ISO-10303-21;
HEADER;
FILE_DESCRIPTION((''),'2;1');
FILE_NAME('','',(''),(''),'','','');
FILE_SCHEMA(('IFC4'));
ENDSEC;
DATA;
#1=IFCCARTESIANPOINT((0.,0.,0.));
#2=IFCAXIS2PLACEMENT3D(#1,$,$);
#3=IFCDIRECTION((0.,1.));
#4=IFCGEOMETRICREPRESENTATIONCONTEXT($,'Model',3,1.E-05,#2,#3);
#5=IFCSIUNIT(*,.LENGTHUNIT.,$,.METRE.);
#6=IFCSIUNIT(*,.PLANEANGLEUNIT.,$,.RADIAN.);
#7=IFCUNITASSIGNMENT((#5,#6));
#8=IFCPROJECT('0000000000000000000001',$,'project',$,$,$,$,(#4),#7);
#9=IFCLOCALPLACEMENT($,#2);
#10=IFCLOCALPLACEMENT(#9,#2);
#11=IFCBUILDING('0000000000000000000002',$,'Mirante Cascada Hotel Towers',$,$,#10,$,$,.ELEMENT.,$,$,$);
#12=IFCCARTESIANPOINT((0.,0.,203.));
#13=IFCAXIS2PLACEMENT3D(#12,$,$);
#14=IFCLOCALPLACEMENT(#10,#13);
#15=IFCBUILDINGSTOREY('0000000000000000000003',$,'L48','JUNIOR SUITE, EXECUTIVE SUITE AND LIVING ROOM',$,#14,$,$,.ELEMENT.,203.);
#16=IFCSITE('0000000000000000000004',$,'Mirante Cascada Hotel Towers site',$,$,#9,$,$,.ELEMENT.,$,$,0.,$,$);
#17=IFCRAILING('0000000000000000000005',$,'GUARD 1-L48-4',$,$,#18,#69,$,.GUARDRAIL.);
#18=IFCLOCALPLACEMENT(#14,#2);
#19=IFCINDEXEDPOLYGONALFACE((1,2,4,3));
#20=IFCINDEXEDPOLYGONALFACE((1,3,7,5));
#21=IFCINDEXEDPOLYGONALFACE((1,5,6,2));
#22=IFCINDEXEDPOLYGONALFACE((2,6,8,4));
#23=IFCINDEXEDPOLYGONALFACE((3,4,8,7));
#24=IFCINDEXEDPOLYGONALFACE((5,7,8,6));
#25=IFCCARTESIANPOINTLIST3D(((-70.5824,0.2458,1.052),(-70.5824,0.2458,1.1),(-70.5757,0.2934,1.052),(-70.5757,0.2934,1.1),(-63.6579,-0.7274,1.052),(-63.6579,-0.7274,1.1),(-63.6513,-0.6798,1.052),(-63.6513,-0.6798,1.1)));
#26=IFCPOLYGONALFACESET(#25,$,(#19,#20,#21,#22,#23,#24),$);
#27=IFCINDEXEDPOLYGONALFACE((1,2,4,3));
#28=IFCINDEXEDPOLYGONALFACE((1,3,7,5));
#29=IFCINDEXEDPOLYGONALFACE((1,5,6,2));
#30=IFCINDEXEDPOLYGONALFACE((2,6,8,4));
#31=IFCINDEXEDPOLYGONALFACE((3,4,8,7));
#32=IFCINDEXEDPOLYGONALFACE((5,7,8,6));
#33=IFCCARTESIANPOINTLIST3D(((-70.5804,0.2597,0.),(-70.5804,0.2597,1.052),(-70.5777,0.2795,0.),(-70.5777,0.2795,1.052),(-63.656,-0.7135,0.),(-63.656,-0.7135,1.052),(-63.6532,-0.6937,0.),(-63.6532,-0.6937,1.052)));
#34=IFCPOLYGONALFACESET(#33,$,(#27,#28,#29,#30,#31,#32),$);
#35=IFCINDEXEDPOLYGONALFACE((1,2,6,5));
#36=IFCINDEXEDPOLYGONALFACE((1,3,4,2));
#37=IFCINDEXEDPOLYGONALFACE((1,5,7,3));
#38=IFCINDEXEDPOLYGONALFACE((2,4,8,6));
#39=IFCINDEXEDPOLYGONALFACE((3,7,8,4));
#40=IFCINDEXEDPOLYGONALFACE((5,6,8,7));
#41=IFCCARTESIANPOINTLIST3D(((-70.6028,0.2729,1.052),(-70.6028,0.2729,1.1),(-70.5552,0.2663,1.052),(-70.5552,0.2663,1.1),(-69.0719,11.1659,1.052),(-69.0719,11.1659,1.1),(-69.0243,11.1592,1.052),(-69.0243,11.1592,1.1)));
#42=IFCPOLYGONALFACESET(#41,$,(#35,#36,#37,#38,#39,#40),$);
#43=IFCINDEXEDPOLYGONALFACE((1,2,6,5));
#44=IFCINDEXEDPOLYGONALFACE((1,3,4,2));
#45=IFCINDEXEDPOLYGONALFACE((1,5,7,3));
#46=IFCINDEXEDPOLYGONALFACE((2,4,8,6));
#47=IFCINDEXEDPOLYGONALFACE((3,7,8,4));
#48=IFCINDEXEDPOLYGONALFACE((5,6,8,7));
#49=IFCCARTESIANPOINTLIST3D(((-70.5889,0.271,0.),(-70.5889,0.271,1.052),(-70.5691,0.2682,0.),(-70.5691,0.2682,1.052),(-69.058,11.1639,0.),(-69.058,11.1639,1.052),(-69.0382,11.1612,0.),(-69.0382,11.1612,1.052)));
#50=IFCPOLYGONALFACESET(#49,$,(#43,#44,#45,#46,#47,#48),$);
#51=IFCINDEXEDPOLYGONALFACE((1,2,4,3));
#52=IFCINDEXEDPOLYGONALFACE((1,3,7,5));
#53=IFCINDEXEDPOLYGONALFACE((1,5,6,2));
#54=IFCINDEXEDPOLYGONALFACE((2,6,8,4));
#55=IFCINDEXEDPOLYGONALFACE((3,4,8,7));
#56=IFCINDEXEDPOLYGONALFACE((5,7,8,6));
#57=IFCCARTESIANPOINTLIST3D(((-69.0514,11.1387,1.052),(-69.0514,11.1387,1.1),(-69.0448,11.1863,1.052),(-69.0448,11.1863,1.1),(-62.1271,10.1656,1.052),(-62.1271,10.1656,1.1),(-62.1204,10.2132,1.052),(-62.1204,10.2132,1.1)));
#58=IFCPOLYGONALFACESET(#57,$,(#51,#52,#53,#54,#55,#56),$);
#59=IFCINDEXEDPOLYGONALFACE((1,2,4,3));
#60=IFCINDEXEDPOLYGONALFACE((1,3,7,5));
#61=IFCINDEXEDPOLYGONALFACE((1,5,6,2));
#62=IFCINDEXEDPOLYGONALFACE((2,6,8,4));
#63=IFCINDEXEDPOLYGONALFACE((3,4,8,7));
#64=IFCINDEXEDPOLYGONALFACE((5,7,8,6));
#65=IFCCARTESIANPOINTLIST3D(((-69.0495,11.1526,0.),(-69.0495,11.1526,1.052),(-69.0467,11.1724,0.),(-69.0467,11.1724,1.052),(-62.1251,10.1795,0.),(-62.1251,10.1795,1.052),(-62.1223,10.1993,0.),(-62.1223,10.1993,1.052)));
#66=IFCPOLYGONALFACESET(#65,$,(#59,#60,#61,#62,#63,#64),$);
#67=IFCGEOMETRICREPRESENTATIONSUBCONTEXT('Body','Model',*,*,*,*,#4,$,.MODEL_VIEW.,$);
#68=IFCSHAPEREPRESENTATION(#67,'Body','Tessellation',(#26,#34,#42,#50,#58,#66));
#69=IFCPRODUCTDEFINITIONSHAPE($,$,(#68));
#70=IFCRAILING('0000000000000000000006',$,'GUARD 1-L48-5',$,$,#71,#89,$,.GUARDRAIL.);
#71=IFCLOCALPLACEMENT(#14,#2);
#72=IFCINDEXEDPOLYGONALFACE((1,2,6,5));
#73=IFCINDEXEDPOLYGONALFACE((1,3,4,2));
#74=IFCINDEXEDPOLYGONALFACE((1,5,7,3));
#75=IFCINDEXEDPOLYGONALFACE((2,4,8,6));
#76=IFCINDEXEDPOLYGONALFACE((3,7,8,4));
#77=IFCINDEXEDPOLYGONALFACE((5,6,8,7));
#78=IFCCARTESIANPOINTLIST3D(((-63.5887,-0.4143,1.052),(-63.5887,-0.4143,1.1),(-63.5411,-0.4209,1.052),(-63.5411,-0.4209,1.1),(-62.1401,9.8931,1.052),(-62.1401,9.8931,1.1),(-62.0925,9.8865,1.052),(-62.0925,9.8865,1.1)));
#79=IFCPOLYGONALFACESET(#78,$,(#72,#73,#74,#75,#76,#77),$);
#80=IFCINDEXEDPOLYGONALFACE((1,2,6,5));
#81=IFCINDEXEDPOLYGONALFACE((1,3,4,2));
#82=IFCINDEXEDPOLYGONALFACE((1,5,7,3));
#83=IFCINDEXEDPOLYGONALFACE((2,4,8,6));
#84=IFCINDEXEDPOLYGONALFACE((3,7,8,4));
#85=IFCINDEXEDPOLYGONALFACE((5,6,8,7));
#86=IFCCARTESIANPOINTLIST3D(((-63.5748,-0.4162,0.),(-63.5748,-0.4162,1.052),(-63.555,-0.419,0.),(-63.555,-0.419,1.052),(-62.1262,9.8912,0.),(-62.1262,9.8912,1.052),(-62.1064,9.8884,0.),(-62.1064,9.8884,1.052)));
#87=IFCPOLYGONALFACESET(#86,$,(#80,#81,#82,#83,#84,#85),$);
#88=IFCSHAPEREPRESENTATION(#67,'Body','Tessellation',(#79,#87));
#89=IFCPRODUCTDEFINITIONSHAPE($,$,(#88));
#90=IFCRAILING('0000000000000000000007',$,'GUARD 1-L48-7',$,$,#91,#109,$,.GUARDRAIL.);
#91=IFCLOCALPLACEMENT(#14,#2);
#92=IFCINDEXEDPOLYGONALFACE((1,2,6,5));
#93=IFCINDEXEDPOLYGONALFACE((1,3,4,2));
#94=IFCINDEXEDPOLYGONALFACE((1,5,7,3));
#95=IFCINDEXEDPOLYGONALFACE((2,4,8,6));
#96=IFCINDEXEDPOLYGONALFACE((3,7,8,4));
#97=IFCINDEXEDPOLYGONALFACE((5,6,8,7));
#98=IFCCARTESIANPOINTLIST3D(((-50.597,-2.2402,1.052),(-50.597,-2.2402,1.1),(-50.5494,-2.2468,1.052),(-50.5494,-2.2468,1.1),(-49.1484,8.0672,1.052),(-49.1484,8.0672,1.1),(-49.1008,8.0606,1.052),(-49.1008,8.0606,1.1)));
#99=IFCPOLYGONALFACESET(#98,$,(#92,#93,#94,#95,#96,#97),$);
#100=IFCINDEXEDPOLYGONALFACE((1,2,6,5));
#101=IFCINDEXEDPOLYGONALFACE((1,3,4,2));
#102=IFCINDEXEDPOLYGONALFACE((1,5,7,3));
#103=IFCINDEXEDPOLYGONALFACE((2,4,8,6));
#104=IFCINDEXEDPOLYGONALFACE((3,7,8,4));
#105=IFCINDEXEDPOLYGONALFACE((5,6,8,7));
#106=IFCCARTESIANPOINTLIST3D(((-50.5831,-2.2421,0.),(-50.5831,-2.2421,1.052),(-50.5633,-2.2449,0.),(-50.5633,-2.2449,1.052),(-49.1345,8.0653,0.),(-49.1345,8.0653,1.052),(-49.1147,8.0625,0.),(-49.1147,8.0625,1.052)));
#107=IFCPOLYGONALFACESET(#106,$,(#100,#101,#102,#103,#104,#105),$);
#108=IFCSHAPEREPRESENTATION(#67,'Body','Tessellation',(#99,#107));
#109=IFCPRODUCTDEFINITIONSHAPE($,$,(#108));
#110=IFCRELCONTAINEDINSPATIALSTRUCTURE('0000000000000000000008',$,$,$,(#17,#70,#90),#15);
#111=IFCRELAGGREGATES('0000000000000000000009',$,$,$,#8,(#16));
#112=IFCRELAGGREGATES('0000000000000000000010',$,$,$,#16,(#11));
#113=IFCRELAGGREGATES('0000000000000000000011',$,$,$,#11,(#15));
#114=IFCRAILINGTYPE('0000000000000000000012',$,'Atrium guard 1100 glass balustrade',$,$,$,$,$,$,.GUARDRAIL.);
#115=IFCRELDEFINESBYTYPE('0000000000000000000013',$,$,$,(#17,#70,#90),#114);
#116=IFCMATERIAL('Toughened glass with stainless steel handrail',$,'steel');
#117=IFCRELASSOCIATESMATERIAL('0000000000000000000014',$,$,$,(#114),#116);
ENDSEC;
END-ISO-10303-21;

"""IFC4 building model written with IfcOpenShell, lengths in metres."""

from ifc_helpers import new_model, si_unit, direction, frame, origin, origin_2d, place, context, subcontext, project, spatial, rectangle, extrude, material, type_object, element, save


model = new_model("IFC4")

# Units and contexts
model_context = context("Model", 3, precision=1e-05, world=origin(), true_north=direction((0.0, 1.0)))
body_context = subcontext(model_context, "Body", "Model", "MODEL_VIEW")
ifc_project = project(units=[si_unit("LENGTHUNIT", "METRE"), si_unit("PLANEANGLEUNIT", "RADIAN")], contexts=[model_context])

# Site, building, storey
site_placement = place(None, origin())
site = spatial("IfcSite", under=ifc_project, at=site_placement, Name="Mirante Cascada Hotel Towers site", CompositionType="ELEMENT", RefElevation=0.0)
building_placement = place(site_placement, origin())
building = spatial("IfcBuilding", under=site, at=building_placement, Name="Mirante Cascada Hotel Towers", CompositionType="ELEMENT")
storey_placement = place(building_placement, frame((0.0, 0.0, 203.0)))
storey = spatial("IfcBuildingStorey", under=building, at=storey_placement, Name="L48", Description="JUNIOR SUITE, EXECUTIVE SUITE AND LIVING ROOM", CompositionType="ELEMENT", Elevation=203.0)

# Railings
ifc_material_1 = material(Name="Toughened glass with stainless steel handrail", Category="steel")
railing_type_1 = type_object("IfcRailingType", Name="Atrium guard 1100 glass balustrade", PredefinedType="GUARDRAIL", material=ifc_material_1)
railing_1_placement = place(storey_placement, frame((-63.6546, -0.7036, 0.0)))
element("IfcRailing", 1, at=railing_1_placement, inside=storey, type_object=railing_type_1, Name="GUARD 1-L48-4", PredefinedType="GUARDRAIL", context=body_context, shape_type="SweptSolid", body=[
    extrude(rectangle(XDim=0.048, YDim=0.048, at=origin_2d()), frame((0.0, 0.0, 1.076), z_axis=(-0.990267, 0.139179, 0.0), x_axis=(-0.139179, -0.990267, 0.0)), (0.0, 0.0, 1.0), 6.9925),
    extrude(rectangle(XDim=0.02, YDim=1.052, at=origin_2d()), frame((0.0, 0.0, 0.526), z_axis=(-0.990267, 0.139179, 0.0), x_axis=(-0.139179, -0.990267, 0.0)), (0.0, 0.0, 1.0), 6.9925),
    extrude(rectangle(XDim=0.048, YDim=0.048, at=origin_2d()), frame((-6.9244, 0.9732, 1.076), z_axis=(0.139173, 0.990268, 0.0), x_axis=(-0.990268, 0.139173, 0.0)), (0.0, 0.0, 1.0), 11.0),
    extrude(rectangle(XDim=0.02, YDim=1.052, at=origin_2d()), frame((-6.9244, 0.9732, 0.526), z_axis=(0.139173, 0.990268, 0.0), x_axis=(-0.990268, 0.139173, 0.0)), (0.0, 0.0, 1.0), 11.0),
    extrude(rectangle(XDim=0.048, YDim=0.048, at=origin_2d()), frame((-5.3935, 11.8661, 1.076), z_axis=(0.990269, -0.139165, 0.0), x_axis=(0.139165, 0.990269, 0.0)), (0.0, 0.0, 1.0), 6.9924),
    extrude(rectangle(XDim=0.02, YDim=1.052, at=origin_2d()), frame((-5.3935, 11.8661, 0.526), z_axis=(0.990269, -0.139165, 0.0), x_axis=(0.139165, 0.990269, 0.0)), (0.0, 0.0, 1.0), 6.9924),
])
for number, where, name in (
    (2, (-63.5649, -0.4176, 0.0), "GUARD 1-L48-5"),
    (3, (-50.5732, -2.2435, 0.0), "GUARD 1-L48-7"),
):
    element("IfcRailing", number, at=place(storey_placement, frame(where)), inside=storey, type_object=railing_type_1, Name=name, PredefinedType="GUARDRAIL", context=body_context, shape_type="SweptSolid", body=[
        extrude(rectangle(XDim=0.048, YDim=0.048, at=origin_2d()), frame((0.0, 0.0, 1.076), z_axis=(0.139172, 0.990268, 0.0), x_axis=(-0.990268, 0.139172, 0.0)), (0.0, 0.0, 1.0), 10.4087),
        extrude(rectangle(XDim=0.02, YDim=1.052, at=origin_2d()), frame((0.0, 0.0, 0.526), z_axis=(0.139172, 0.990268, 0.0), x_axis=(-0.990268, 0.139172, 0.0)), (0.0, 0.0, 1.0), 10.4087),
    ])

save(model, "model.ifc")
